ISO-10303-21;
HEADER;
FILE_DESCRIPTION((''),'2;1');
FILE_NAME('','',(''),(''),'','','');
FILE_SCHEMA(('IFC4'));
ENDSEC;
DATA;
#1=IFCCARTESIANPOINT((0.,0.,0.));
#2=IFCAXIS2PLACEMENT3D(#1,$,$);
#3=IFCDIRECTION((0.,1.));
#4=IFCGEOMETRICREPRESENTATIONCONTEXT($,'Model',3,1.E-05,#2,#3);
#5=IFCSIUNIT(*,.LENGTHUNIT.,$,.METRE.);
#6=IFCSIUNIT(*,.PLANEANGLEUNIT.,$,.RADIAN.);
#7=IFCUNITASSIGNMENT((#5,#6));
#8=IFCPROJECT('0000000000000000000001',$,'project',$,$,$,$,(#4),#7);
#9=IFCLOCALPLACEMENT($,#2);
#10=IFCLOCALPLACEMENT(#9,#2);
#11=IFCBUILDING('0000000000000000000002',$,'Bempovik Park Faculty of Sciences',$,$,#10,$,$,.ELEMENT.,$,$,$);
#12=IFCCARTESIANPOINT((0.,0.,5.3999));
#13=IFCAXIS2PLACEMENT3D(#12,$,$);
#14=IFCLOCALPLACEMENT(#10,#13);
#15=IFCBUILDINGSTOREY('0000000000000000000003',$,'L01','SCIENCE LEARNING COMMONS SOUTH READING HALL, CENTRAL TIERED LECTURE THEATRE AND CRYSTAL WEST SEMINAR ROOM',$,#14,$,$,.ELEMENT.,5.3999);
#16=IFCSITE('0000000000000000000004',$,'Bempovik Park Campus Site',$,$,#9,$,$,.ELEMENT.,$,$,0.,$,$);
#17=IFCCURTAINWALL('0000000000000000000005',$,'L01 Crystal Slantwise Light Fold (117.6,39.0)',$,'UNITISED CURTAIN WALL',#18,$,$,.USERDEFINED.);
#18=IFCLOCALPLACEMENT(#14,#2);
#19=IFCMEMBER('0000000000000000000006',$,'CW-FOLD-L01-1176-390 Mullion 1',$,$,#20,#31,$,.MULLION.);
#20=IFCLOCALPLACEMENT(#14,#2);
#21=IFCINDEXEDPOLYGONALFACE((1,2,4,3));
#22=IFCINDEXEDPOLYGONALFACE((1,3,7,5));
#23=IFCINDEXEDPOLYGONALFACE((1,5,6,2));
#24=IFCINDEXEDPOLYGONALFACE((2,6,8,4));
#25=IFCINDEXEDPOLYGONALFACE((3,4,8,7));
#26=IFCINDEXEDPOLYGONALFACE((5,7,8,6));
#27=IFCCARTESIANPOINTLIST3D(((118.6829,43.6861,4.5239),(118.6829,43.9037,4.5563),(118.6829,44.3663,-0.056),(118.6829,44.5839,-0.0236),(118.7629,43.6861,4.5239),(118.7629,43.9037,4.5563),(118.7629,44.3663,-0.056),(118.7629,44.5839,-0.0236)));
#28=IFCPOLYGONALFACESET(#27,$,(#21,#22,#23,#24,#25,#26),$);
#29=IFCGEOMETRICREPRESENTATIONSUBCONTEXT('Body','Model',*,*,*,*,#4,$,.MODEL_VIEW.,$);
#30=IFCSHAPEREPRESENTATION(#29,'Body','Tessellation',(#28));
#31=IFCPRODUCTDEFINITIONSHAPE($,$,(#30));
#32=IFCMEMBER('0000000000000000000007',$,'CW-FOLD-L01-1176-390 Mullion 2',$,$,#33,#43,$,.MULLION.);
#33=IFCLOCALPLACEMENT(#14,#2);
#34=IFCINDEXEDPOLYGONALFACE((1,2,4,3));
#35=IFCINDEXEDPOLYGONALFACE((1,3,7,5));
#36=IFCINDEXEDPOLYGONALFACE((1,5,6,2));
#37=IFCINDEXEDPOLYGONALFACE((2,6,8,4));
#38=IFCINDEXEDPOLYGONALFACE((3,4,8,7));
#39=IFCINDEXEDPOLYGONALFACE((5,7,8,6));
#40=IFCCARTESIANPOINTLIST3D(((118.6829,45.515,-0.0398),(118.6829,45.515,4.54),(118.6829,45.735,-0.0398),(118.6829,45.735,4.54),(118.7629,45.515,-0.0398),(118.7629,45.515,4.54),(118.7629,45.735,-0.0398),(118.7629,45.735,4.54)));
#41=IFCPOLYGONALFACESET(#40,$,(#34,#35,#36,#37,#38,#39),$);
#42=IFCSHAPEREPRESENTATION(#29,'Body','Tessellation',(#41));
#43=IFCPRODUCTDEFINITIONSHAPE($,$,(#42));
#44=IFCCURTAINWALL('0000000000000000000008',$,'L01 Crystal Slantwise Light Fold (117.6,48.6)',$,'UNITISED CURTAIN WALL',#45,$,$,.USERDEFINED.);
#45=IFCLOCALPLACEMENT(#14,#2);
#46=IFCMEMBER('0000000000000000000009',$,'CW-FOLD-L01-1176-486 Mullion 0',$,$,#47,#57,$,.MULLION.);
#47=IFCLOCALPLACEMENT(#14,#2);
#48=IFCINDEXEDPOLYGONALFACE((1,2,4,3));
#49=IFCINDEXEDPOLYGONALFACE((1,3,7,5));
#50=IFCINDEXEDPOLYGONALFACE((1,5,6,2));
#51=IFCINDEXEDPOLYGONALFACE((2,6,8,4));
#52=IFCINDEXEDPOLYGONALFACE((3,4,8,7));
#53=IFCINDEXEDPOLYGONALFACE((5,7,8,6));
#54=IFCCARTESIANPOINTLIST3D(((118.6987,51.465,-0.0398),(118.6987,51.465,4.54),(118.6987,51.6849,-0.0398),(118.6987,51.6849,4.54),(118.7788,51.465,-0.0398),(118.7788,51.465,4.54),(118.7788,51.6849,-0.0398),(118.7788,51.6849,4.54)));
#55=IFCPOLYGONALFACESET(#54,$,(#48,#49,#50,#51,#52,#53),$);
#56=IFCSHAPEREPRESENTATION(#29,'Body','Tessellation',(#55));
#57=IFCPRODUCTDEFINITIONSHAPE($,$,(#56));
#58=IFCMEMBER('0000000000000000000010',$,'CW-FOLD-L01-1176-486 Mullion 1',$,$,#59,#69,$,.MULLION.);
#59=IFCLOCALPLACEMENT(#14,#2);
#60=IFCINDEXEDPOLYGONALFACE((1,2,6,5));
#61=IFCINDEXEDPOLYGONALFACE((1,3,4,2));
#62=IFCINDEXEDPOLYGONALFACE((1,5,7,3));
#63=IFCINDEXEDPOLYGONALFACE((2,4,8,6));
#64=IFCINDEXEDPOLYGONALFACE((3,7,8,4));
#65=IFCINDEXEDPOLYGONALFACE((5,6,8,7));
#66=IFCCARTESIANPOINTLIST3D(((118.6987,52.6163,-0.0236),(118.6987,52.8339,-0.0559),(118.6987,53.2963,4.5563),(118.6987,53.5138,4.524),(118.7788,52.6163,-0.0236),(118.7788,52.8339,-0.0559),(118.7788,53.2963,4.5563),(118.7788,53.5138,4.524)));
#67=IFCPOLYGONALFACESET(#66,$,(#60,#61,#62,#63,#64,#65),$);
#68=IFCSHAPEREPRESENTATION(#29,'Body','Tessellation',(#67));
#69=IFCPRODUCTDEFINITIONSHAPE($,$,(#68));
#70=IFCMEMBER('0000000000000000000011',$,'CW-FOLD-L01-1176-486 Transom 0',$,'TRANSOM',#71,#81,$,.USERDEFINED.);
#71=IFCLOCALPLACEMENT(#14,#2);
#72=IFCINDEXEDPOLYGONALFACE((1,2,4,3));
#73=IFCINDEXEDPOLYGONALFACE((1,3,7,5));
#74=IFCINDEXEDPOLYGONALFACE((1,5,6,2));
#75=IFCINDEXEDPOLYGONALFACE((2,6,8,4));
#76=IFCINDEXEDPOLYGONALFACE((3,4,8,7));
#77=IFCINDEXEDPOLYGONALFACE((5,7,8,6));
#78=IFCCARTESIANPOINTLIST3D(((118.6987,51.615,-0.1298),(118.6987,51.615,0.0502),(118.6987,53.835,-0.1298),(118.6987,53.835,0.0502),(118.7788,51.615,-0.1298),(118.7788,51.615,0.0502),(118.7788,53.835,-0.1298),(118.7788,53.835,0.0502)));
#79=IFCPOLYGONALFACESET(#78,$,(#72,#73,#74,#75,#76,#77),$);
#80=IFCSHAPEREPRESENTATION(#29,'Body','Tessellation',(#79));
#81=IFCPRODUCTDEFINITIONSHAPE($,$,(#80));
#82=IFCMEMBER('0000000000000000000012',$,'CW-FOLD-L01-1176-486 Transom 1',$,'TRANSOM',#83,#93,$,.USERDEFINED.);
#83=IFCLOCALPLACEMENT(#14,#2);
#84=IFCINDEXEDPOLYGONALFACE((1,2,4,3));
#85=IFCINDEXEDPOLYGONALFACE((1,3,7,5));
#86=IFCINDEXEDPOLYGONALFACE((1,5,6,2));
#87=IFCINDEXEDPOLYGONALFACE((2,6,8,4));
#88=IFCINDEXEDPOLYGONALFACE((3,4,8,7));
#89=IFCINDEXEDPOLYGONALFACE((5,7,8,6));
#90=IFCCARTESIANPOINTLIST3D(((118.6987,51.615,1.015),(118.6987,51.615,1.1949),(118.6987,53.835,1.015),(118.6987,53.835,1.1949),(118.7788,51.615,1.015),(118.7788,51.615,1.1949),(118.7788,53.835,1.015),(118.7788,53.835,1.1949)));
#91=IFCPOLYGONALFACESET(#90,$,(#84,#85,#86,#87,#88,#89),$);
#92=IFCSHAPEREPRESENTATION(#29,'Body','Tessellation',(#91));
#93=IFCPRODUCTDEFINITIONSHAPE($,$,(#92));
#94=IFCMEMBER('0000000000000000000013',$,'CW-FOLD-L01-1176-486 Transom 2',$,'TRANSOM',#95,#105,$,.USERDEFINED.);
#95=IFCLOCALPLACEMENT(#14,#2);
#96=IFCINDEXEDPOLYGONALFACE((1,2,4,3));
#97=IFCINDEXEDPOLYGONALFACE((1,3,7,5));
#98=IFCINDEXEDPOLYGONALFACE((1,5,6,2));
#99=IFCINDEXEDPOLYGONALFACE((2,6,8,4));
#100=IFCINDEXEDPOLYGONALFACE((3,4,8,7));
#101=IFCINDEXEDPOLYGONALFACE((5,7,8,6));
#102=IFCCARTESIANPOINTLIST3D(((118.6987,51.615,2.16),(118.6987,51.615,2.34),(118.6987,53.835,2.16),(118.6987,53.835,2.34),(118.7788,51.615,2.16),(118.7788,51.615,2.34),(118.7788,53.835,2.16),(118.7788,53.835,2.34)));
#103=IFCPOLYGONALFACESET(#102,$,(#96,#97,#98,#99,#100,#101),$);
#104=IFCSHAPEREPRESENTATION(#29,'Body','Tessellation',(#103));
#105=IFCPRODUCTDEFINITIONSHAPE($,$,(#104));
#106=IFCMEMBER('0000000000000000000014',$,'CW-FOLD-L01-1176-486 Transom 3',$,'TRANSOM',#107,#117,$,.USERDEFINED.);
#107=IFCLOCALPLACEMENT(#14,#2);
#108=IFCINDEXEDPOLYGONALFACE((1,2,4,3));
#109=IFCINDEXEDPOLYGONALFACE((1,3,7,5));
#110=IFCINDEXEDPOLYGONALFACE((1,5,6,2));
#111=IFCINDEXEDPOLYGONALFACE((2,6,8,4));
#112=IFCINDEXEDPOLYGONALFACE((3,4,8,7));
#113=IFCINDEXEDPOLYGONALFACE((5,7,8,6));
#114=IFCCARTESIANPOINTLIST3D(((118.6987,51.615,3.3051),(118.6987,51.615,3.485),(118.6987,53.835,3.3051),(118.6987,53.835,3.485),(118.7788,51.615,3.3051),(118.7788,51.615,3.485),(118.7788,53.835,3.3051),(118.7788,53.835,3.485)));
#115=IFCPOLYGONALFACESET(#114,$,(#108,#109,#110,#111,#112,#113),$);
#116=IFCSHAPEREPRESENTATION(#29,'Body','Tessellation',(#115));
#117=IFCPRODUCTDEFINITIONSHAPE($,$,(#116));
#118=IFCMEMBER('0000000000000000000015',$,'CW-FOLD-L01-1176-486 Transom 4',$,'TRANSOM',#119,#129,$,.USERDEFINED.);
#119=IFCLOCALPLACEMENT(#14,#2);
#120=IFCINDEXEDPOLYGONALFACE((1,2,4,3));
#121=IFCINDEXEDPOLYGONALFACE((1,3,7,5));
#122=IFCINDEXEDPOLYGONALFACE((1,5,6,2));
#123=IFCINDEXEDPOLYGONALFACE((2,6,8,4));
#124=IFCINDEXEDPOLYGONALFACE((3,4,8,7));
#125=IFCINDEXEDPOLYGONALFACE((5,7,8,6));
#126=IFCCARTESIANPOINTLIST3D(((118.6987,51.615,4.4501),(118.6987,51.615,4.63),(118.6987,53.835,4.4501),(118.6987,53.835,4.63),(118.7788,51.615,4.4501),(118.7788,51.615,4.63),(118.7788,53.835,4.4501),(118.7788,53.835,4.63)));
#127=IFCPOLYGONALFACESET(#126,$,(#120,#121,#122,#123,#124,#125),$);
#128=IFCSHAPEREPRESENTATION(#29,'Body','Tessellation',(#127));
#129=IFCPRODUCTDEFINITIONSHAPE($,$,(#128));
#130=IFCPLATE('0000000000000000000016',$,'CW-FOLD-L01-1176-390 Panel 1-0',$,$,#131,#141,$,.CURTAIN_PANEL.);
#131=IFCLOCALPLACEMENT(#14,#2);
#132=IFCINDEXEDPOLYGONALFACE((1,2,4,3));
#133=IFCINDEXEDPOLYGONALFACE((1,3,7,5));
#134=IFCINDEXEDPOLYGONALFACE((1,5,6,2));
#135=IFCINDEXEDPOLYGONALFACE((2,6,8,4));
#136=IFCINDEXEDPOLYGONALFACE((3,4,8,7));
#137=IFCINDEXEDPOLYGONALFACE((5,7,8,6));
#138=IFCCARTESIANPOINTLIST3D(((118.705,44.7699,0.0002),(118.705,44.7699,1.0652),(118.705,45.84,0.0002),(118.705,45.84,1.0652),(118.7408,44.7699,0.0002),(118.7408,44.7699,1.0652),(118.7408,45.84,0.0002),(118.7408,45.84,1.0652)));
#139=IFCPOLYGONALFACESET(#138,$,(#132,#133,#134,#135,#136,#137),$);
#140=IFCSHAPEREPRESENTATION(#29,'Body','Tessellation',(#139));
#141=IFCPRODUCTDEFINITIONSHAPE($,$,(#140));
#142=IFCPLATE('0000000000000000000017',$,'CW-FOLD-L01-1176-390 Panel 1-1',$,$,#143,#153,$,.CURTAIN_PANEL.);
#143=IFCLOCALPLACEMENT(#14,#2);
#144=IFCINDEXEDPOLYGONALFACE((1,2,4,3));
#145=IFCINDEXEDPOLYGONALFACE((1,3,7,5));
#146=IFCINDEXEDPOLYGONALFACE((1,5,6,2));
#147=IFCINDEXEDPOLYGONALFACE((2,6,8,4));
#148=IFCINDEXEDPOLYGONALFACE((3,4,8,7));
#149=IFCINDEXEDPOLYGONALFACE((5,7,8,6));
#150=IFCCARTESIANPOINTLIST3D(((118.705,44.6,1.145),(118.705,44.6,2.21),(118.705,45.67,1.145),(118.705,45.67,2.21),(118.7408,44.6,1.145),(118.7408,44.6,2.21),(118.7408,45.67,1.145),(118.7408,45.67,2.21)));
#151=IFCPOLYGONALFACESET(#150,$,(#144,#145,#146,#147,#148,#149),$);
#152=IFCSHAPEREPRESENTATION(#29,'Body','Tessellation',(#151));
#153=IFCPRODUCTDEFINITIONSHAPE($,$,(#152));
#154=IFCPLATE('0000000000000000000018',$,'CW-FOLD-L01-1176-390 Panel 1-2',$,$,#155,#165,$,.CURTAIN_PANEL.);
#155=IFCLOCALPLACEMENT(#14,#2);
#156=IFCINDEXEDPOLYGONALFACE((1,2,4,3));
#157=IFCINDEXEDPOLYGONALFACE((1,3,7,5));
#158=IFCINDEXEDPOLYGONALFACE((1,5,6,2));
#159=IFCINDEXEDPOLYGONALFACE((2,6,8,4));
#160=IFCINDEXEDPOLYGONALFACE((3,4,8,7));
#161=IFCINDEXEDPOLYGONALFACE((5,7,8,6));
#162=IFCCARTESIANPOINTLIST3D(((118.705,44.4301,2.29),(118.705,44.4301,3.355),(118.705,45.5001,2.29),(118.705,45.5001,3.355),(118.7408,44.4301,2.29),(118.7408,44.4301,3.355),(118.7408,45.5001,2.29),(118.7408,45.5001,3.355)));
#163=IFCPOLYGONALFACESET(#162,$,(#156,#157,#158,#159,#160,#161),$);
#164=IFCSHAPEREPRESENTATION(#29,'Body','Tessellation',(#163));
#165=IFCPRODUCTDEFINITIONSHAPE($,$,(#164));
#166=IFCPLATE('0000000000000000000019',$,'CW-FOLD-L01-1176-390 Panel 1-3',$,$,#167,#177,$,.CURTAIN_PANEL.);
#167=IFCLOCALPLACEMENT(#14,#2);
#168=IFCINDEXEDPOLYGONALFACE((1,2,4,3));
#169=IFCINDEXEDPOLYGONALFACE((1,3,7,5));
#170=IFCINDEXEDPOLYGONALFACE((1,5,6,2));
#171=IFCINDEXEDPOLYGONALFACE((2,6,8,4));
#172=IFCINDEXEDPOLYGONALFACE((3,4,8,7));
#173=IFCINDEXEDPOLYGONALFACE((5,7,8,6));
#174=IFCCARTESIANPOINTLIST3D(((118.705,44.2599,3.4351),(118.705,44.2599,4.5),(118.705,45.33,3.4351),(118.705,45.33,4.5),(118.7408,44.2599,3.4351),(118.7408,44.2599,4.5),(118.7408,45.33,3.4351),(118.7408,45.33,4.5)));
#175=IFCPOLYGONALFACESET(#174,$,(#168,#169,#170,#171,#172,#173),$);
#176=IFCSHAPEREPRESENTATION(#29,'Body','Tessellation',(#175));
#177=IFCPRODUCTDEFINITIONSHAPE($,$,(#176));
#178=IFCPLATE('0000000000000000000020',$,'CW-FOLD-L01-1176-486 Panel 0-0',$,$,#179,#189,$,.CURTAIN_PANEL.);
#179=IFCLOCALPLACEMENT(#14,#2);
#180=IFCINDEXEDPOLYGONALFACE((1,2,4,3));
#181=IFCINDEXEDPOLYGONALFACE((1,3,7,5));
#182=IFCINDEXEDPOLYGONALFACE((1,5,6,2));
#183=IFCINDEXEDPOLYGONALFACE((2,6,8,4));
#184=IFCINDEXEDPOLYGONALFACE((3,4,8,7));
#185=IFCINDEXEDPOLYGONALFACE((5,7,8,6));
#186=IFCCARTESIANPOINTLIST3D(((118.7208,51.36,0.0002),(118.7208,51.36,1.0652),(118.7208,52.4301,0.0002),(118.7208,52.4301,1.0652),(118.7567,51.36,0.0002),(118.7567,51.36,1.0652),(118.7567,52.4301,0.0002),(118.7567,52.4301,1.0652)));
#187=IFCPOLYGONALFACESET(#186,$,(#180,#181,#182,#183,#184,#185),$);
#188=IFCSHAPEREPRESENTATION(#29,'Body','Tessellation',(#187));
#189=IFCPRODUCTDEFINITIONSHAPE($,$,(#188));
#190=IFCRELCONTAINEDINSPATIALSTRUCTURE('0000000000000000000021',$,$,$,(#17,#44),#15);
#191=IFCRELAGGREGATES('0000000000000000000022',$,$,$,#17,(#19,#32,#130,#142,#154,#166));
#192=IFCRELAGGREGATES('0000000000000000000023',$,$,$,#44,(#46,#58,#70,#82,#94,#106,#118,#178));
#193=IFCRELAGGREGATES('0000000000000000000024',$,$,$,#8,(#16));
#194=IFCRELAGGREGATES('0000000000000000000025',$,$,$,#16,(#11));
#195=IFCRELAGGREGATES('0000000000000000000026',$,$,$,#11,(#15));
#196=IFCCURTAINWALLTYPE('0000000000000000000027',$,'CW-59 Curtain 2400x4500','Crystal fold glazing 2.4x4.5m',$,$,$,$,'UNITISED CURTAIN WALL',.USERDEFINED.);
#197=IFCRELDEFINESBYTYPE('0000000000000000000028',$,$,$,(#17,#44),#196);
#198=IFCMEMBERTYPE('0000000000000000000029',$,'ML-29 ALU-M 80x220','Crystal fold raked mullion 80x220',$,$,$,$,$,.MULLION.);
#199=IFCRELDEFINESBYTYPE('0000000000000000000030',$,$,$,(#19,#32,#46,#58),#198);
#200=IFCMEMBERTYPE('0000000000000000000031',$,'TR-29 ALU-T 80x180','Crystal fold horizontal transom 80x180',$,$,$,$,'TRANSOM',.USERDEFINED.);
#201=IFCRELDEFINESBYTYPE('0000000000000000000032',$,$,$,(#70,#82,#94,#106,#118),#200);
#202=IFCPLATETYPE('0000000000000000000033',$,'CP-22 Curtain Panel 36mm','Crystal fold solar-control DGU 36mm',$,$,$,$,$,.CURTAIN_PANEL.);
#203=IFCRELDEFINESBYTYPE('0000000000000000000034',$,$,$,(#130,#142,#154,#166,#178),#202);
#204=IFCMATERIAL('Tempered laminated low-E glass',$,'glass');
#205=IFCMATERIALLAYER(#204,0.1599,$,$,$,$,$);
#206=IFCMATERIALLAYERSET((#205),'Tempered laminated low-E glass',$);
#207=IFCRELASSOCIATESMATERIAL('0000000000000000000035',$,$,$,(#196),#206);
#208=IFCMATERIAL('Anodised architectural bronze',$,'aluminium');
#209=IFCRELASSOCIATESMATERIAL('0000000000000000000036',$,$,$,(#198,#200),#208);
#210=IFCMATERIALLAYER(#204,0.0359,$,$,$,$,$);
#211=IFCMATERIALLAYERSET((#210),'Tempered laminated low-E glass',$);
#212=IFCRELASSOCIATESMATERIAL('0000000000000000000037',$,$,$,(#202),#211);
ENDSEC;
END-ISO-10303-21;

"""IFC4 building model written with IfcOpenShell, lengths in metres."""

from ifc_helpers import new_model, si_unit, direction, frame, origin, origin_2d, place, context, subcontext, project, spatial, rectangle, extrude, material, layer, layer_set, material_profile, profile_set, type_object, element, aggregate, save


model = new_model("IFC4")

# Units and contexts
model_context = context("Model", 3, precision=1e-05, world=origin(), true_north=direction((0.0, 1.0)))
body_context = subcontext(model_context, "Body", "Model", "MODEL_VIEW")
ifc_project = project(units=[si_unit("LENGTHUNIT", "METRE"), si_unit("PLANEANGLEUNIT", "RADIAN")], contexts=[model_context])

# Site, building, storey
site_placement = place(None, origin())
site = spatial("IfcSite", under=ifc_project, at=site_placement, Name="Bempovik Park Campus Site", CompositionType="ELEMENT", RefElevation=0.0)
building_placement = place(site_placement, origin())
building = spatial("IfcBuilding", under=site, at=building_placement, Name="Bempovik Park Faculty of Sciences", CompositionType="ELEMENT")
storey_placement = place(building_placement, frame((0.0, 0.0, 5.3999)))
storey = spatial("IfcBuildingStorey", under=building, at=storey_placement, Name="L01", Description="SCIENCE LEARNING COMMONS SOUTH READING HALL, CENTRAL TIERED LECTURE THEATRE AND CRYSTAL WEST SEMINAR ROOM", CompositionType="ELEMENT", Elevation=5.3999)

# Curtain walls, members
ifc_material_1 = material(Name="Tempered laminated low-E glass", Category="glass")
ifc_layer_1 = layer(ifc_material_1, 0.1599)
ifc_layer_set_1 = layer_set([ifc_layer_1], Name="Tempered laminated low-E glass")
curtain_wall_type = type_object("IfcCurtainWallType", Name="CW-59 Curtain 2400x4500", Description="Crystal fold glazing 2.4x4.5m", ElementType="UNITISED CURTAIN WALL", PredefinedType="USERDEFINED", material=ifc_layer_set_1)
curtain_wall_1_placement = place(storey_placement, origin())
curtain_wall_1 = element("IfcCurtainWall", 1, at=curtain_wall_1_placement, inside=storey, type_object=curtain_wall_type, Name="L01 Crystal Slantwise Light Fold (117.6,39.0)", ObjectType="UNITISED CURTAIN WALL", PredefinedType="USERDEFINED")
ifc_material_2 = material(Name="Anodised architectural bronze", Category="aluminium")
ifc_material_profile_1 = material_profile(ifc_material_2, rectangle(XDim=0.0801, YDim=0.22, at=origin_2d()), Name="ALU-M 80x220")
ifc_profile_set_1 = profile_set([ifc_material_profile_1], Name="Anodised architectural bronze")
member_type_1 = type_object("IfcMemberType", Name="ML-29 ALU-M 80x220", Description="Crystal fold raked mullion 80x220", PredefinedType="MULLION", material=ifc_profile_set_1)
member_1_placement = place(storey_placement, frame((118.7229, 44.4751, -0.0398), z_axis=(0.0, -0.146904, 0.989151), x_axis=(1.0, 0.0, 0.0)))
member_1 = element("IfcMember", 2, at=member_1_placement, type_object=member_type_1, Name="CW-FOLD-L01-1176-390 Mullion 1", PredefinedType="MULLION", context=body_context, shape_type="SweptSolid", body=[
    extrude(rectangle(XDim=0.0801, YDim=0.22, at=origin_2d()), origin(), (0.0, 0.0, 1.0), 4.6301),
])
member_2_placement = place(storey_placement, frame((118.7229, 45.625, -0.0398), z_axis=(0.0, 0.0, 1.0), x_axis=(1.0, 0.0, 0.0)))
member_2 = element("IfcMember", 3, at=member_2_placement, type_object=member_type_1, Name="CW-FOLD-L01-1176-390 Mullion 2", PredefinedType="MULLION", context=body_context, shape_type="SweptSolid", body=[
    extrude(rectangle(XDim=0.0801, YDim=0.22, at=origin_2d()), origin(), (0.0, 0.0, 1.0), 4.5798),
])
curtain_wall_2_placement = place(storey_placement, origin())
curtain_wall_2 = element("IfcCurtainWall", 4, at=curtain_wall_2_placement, inside=storey, type_object=curtain_wall_type, Name="L01 Crystal Slantwise Light Fold (117.6,48.6)", ObjectType="UNITISED CURTAIN WALL", PredefinedType="USERDEFINED")
member_3_placement = place(storey_placement, frame((118.7388, 51.575, -0.0398), z_axis=(0.0, 0.0, 1.0), x_axis=(1.0, 0.0, 0.0)))
member_3 = element("IfcMember", 5, at=member_3_placement, type_object=member_type_1, Name="CW-FOLD-L01-1176-486 Mullion 0", PredefinedType="MULLION", context=body_context, shape_type="SweptSolid", body=[
    extrude(rectangle(XDim=0.0801, YDim=0.22, at=origin_2d()), origin(), (0.0, 0.0, 1.0), 4.5798),
])
member_4_placement = place(storey_placement, frame((118.7388, 52.7251, -0.0398), z_axis=(0.0, 0.146853, 0.989158), x_axis=(-1.0, 0.0, 0.0)))
member_4 = element("IfcMember", 6, at=member_4_placement, type_object=member_type_1, Name="CW-FOLD-L01-1176-486 Mullion 1", PredefinedType="MULLION", context=body_context, shape_type="SweptSolid", body=[
    extrude(rectangle(XDim=0.0801, YDim=0.22, at=origin_2d()), origin(), (0.0, 0.0, 1.0), 4.6301),
])
ifc_material_profile_2 = material_profile(ifc_material_2, rectangle(XDim=0.0801, YDim=0.1799, at=origin_2d()), Name="ALU-T 80x180")
ifc_profile_set_2 = profile_set([ifc_material_profile_2], Name="Anodised architectural bronze")
member_type_2 = type_object("IfcMemberType", Name="TR-29 ALU-T 80x180", Description="Crystal fold horizontal transom 80x180", ElementType="TRANSOM", PredefinedType="USERDEFINED", material=ifc_profile_set_2)
member_5_placement = place(storey_placement, frame((118.7388, 51.615, -0.0398), z_axis=(0.0, 1.0, 0.0), x_axis=(-1.0, 0.0, 0.0)))
member_5 = element("IfcMember", 7, at=member_5_placement, type_object=member_type_2, Name="CW-FOLD-L01-1176-486 Transom 0", ObjectType="TRANSOM", PredefinedType="USERDEFINED", context=body_context, shape_type="SweptSolid", body=[
    extrude(rectangle(XDim=0.0801, YDim=0.1799, at=origin_2d()), origin(), (0.0, 0.0, 1.0), 2.22),
])
member_6_placement = place(storey_placement, frame((118.7388, 51.615, 1.105), z_axis=(0.0, 1.0, 0.0), x_axis=(-1.0, 0.0, 0.0)))
member_6 = element("IfcMember", 8, at=member_6_placement, type_object=member_type_2, Name="CW-FOLD-L01-1176-486 Transom 1", ObjectType="TRANSOM", PredefinedType="USERDEFINED", context=body_context, shape_type="SweptSolid", body=[
    extrude(rectangle(XDim=0.0801, YDim=0.1799, at=origin_2d()), origin(), (0.0, 0.0, 1.0), 2.22),
])
member_7_placement = place(storey_placement, frame((118.7388, 51.615, 2.25), z_axis=(0.0, 1.0, 0.0), x_axis=(-1.0, 0.0, 0.0)))
member_7 = element("IfcMember", 9, at=member_7_placement, type_object=member_type_2, Name="CW-FOLD-L01-1176-486 Transom 2", ObjectType="TRANSOM", PredefinedType="USERDEFINED", context=body_context, shape_type="SweptSolid", body=[
    extrude(rectangle(XDim=0.0801, YDim=0.1799, at=origin_2d()), origin(), (0.0, 0.0, 1.0), 2.22),
])
member_8_placement = place(storey_placement, frame((118.7388, 51.615, 3.395), z_axis=(0.0, 1.0, 0.0), x_axis=(-1.0, 0.0, 0.0)))
member_8 = element("IfcMember", 10, at=member_8_placement, type_object=member_type_2, Name="CW-FOLD-L01-1176-486 Transom 3", ObjectType="TRANSOM", PredefinedType="USERDEFINED", context=body_context, shape_type="SweptSolid", body=[
    extrude(rectangle(XDim=0.0801, YDim=0.1799, at=origin_2d()), origin(), (0.0, 0.0, 1.0), 2.22),
])
member_9_placement = place(storey_placement, frame((118.7388, 51.615, 4.54), z_axis=(0.0, 1.0, 0.0), x_axis=(-1.0, 0.0, 0.0)))
member_9 = element("IfcMember", 11, at=member_9_placement, type_object=member_type_2, Name="CW-FOLD-L01-1176-486 Transom 4", ObjectType="TRANSOM", PredefinedType="USERDEFINED", context=body_context, shape_type="SweptSolid", body=[
    extrude(rectangle(XDim=0.0801, YDim=0.1799, at=origin_2d()), origin(), (0.0, 0.0, 1.0), 2.22),
])

# Plates
ifc_layer_2 = layer(ifc_material_1, 0.0359)
ifc_layer_set_2 = layer_set([ifc_layer_2], Name="Tempered laminated low-E glass")
plate_type = type_object("IfcPlateType", Name="CP-22 Curtain Panel 36mm", Description="Crystal fold solar-control DGU 36mm", PredefinedType="CURTAIN_PANEL", material=ifc_layer_set_2)
plate_1_placement = place(storey_placement, frame((118.7229, 45.3049, 0.0002), z_axis=(0.0, 0.0, 1.0), x_axis=(0.0, 1.0, 0.0)))
plate_1 = element("IfcPlate", 12, at=plate_1_placement, type_object=plate_type, Name="CW-FOLD-L01-1176-390 Panel 1-0", PredefinedType="CURTAIN_PANEL", context=body_context, shape_type="SweptSolid", body=[
    extrude(rectangle(XDim=1.0701, YDim=0.0359, at=origin_2d()), origin(), (0.0, 0.0, 1.0), 1.0649),
])
plate_2_placement = place(storey_placement, frame((118.7229, 45.135, 1.145), z_axis=(0.0, 0.0, 1.0), x_axis=(0.0, 1.0, 0.0)))
plate_2 = element("IfcPlate", 13, at=plate_2_placement, type_object=plate_type, Name="CW-FOLD-L01-1176-390 Panel 1-1", PredefinedType="CURTAIN_PANEL", context=body_context, shape_type="SweptSolid", body=[
    extrude(rectangle(XDim=1.0701, YDim=0.0359, at=origin_2d()), origin(), (0.0, 0.0, 1.0), 1.0649),
])
plate_3_placement = place(storey_placement, frame((118.7229, 44.9651, 2.29), z_axis=(0.0, 0.0, 1.0), x_axis=(0.0, 1.0, 0.0)))
plate_3 = element("IfcPlate", 14, at=plate_3_placement, type_object=plate_type, Name="CW-FOLD-L01-1176-390 Panel 1-2", PredefinedType="CURTAIN_PANEL", context=body_context, shape_type="SweptSolid", body=[
    extrude(rectangle(XDim=1.0701, YDim=0.0359, at=origin_2d()), origin(), (0.0, 0.0, 1.0), 1.0649),
])
plate_4_placement = place(storey_placement, frame((118.7229, 44.7949, 3.4351), z_axis=(0.0, 0.0, 1.0), x_axis=(0.0, 1.0, 0.0)))
plate_4 = element("IfcPlate", 15, at=plate_4_placement, type_object=plate_type, Name="CW-FOLD-L01-1176-390 Panel 1-3", PredefinedType="CURTAIN_PANEL", context=body_context, shape_type="SweptSolid", body=[
    extrude(rectangle(XDim=1.0701, YDim=0.0359, at=origin_2d()), origin(), (0.0, 0.0, 1.0), 1.0649),
])
aggregate(curtain_wall_1, [member_1, member_2, plate_1, plate_2, plate_3, plate_4])
plate_5_placement = place(storey_placement, frame((118.7388, 51.895, 0.0002), z_axis=(0.0, 0.0, 1.0), x_axis=(0.0, 1.0, 0.0)))
plate_5 = element("IfcPlate", 16, at=plate_5_placement, type_object=plate_type, Name="CW-FOLD-L01-1176-486 Panel 0-0", PredefinedType="CURTAIN_PANEL", context=body_context, shape_type="SweptSolid", body=[
    extrude(rectangle(XDim=1.0701, YDim=0.0359, at=origin_2d()), origin(), (0.0, 0.0, 1.0), 1.0649),
])
aggregate(curtain_wall_2, [member_3, member_4, member_5, member_6, member_7, member_8, member_9, plate_5])

save(model, "model.ifc")
